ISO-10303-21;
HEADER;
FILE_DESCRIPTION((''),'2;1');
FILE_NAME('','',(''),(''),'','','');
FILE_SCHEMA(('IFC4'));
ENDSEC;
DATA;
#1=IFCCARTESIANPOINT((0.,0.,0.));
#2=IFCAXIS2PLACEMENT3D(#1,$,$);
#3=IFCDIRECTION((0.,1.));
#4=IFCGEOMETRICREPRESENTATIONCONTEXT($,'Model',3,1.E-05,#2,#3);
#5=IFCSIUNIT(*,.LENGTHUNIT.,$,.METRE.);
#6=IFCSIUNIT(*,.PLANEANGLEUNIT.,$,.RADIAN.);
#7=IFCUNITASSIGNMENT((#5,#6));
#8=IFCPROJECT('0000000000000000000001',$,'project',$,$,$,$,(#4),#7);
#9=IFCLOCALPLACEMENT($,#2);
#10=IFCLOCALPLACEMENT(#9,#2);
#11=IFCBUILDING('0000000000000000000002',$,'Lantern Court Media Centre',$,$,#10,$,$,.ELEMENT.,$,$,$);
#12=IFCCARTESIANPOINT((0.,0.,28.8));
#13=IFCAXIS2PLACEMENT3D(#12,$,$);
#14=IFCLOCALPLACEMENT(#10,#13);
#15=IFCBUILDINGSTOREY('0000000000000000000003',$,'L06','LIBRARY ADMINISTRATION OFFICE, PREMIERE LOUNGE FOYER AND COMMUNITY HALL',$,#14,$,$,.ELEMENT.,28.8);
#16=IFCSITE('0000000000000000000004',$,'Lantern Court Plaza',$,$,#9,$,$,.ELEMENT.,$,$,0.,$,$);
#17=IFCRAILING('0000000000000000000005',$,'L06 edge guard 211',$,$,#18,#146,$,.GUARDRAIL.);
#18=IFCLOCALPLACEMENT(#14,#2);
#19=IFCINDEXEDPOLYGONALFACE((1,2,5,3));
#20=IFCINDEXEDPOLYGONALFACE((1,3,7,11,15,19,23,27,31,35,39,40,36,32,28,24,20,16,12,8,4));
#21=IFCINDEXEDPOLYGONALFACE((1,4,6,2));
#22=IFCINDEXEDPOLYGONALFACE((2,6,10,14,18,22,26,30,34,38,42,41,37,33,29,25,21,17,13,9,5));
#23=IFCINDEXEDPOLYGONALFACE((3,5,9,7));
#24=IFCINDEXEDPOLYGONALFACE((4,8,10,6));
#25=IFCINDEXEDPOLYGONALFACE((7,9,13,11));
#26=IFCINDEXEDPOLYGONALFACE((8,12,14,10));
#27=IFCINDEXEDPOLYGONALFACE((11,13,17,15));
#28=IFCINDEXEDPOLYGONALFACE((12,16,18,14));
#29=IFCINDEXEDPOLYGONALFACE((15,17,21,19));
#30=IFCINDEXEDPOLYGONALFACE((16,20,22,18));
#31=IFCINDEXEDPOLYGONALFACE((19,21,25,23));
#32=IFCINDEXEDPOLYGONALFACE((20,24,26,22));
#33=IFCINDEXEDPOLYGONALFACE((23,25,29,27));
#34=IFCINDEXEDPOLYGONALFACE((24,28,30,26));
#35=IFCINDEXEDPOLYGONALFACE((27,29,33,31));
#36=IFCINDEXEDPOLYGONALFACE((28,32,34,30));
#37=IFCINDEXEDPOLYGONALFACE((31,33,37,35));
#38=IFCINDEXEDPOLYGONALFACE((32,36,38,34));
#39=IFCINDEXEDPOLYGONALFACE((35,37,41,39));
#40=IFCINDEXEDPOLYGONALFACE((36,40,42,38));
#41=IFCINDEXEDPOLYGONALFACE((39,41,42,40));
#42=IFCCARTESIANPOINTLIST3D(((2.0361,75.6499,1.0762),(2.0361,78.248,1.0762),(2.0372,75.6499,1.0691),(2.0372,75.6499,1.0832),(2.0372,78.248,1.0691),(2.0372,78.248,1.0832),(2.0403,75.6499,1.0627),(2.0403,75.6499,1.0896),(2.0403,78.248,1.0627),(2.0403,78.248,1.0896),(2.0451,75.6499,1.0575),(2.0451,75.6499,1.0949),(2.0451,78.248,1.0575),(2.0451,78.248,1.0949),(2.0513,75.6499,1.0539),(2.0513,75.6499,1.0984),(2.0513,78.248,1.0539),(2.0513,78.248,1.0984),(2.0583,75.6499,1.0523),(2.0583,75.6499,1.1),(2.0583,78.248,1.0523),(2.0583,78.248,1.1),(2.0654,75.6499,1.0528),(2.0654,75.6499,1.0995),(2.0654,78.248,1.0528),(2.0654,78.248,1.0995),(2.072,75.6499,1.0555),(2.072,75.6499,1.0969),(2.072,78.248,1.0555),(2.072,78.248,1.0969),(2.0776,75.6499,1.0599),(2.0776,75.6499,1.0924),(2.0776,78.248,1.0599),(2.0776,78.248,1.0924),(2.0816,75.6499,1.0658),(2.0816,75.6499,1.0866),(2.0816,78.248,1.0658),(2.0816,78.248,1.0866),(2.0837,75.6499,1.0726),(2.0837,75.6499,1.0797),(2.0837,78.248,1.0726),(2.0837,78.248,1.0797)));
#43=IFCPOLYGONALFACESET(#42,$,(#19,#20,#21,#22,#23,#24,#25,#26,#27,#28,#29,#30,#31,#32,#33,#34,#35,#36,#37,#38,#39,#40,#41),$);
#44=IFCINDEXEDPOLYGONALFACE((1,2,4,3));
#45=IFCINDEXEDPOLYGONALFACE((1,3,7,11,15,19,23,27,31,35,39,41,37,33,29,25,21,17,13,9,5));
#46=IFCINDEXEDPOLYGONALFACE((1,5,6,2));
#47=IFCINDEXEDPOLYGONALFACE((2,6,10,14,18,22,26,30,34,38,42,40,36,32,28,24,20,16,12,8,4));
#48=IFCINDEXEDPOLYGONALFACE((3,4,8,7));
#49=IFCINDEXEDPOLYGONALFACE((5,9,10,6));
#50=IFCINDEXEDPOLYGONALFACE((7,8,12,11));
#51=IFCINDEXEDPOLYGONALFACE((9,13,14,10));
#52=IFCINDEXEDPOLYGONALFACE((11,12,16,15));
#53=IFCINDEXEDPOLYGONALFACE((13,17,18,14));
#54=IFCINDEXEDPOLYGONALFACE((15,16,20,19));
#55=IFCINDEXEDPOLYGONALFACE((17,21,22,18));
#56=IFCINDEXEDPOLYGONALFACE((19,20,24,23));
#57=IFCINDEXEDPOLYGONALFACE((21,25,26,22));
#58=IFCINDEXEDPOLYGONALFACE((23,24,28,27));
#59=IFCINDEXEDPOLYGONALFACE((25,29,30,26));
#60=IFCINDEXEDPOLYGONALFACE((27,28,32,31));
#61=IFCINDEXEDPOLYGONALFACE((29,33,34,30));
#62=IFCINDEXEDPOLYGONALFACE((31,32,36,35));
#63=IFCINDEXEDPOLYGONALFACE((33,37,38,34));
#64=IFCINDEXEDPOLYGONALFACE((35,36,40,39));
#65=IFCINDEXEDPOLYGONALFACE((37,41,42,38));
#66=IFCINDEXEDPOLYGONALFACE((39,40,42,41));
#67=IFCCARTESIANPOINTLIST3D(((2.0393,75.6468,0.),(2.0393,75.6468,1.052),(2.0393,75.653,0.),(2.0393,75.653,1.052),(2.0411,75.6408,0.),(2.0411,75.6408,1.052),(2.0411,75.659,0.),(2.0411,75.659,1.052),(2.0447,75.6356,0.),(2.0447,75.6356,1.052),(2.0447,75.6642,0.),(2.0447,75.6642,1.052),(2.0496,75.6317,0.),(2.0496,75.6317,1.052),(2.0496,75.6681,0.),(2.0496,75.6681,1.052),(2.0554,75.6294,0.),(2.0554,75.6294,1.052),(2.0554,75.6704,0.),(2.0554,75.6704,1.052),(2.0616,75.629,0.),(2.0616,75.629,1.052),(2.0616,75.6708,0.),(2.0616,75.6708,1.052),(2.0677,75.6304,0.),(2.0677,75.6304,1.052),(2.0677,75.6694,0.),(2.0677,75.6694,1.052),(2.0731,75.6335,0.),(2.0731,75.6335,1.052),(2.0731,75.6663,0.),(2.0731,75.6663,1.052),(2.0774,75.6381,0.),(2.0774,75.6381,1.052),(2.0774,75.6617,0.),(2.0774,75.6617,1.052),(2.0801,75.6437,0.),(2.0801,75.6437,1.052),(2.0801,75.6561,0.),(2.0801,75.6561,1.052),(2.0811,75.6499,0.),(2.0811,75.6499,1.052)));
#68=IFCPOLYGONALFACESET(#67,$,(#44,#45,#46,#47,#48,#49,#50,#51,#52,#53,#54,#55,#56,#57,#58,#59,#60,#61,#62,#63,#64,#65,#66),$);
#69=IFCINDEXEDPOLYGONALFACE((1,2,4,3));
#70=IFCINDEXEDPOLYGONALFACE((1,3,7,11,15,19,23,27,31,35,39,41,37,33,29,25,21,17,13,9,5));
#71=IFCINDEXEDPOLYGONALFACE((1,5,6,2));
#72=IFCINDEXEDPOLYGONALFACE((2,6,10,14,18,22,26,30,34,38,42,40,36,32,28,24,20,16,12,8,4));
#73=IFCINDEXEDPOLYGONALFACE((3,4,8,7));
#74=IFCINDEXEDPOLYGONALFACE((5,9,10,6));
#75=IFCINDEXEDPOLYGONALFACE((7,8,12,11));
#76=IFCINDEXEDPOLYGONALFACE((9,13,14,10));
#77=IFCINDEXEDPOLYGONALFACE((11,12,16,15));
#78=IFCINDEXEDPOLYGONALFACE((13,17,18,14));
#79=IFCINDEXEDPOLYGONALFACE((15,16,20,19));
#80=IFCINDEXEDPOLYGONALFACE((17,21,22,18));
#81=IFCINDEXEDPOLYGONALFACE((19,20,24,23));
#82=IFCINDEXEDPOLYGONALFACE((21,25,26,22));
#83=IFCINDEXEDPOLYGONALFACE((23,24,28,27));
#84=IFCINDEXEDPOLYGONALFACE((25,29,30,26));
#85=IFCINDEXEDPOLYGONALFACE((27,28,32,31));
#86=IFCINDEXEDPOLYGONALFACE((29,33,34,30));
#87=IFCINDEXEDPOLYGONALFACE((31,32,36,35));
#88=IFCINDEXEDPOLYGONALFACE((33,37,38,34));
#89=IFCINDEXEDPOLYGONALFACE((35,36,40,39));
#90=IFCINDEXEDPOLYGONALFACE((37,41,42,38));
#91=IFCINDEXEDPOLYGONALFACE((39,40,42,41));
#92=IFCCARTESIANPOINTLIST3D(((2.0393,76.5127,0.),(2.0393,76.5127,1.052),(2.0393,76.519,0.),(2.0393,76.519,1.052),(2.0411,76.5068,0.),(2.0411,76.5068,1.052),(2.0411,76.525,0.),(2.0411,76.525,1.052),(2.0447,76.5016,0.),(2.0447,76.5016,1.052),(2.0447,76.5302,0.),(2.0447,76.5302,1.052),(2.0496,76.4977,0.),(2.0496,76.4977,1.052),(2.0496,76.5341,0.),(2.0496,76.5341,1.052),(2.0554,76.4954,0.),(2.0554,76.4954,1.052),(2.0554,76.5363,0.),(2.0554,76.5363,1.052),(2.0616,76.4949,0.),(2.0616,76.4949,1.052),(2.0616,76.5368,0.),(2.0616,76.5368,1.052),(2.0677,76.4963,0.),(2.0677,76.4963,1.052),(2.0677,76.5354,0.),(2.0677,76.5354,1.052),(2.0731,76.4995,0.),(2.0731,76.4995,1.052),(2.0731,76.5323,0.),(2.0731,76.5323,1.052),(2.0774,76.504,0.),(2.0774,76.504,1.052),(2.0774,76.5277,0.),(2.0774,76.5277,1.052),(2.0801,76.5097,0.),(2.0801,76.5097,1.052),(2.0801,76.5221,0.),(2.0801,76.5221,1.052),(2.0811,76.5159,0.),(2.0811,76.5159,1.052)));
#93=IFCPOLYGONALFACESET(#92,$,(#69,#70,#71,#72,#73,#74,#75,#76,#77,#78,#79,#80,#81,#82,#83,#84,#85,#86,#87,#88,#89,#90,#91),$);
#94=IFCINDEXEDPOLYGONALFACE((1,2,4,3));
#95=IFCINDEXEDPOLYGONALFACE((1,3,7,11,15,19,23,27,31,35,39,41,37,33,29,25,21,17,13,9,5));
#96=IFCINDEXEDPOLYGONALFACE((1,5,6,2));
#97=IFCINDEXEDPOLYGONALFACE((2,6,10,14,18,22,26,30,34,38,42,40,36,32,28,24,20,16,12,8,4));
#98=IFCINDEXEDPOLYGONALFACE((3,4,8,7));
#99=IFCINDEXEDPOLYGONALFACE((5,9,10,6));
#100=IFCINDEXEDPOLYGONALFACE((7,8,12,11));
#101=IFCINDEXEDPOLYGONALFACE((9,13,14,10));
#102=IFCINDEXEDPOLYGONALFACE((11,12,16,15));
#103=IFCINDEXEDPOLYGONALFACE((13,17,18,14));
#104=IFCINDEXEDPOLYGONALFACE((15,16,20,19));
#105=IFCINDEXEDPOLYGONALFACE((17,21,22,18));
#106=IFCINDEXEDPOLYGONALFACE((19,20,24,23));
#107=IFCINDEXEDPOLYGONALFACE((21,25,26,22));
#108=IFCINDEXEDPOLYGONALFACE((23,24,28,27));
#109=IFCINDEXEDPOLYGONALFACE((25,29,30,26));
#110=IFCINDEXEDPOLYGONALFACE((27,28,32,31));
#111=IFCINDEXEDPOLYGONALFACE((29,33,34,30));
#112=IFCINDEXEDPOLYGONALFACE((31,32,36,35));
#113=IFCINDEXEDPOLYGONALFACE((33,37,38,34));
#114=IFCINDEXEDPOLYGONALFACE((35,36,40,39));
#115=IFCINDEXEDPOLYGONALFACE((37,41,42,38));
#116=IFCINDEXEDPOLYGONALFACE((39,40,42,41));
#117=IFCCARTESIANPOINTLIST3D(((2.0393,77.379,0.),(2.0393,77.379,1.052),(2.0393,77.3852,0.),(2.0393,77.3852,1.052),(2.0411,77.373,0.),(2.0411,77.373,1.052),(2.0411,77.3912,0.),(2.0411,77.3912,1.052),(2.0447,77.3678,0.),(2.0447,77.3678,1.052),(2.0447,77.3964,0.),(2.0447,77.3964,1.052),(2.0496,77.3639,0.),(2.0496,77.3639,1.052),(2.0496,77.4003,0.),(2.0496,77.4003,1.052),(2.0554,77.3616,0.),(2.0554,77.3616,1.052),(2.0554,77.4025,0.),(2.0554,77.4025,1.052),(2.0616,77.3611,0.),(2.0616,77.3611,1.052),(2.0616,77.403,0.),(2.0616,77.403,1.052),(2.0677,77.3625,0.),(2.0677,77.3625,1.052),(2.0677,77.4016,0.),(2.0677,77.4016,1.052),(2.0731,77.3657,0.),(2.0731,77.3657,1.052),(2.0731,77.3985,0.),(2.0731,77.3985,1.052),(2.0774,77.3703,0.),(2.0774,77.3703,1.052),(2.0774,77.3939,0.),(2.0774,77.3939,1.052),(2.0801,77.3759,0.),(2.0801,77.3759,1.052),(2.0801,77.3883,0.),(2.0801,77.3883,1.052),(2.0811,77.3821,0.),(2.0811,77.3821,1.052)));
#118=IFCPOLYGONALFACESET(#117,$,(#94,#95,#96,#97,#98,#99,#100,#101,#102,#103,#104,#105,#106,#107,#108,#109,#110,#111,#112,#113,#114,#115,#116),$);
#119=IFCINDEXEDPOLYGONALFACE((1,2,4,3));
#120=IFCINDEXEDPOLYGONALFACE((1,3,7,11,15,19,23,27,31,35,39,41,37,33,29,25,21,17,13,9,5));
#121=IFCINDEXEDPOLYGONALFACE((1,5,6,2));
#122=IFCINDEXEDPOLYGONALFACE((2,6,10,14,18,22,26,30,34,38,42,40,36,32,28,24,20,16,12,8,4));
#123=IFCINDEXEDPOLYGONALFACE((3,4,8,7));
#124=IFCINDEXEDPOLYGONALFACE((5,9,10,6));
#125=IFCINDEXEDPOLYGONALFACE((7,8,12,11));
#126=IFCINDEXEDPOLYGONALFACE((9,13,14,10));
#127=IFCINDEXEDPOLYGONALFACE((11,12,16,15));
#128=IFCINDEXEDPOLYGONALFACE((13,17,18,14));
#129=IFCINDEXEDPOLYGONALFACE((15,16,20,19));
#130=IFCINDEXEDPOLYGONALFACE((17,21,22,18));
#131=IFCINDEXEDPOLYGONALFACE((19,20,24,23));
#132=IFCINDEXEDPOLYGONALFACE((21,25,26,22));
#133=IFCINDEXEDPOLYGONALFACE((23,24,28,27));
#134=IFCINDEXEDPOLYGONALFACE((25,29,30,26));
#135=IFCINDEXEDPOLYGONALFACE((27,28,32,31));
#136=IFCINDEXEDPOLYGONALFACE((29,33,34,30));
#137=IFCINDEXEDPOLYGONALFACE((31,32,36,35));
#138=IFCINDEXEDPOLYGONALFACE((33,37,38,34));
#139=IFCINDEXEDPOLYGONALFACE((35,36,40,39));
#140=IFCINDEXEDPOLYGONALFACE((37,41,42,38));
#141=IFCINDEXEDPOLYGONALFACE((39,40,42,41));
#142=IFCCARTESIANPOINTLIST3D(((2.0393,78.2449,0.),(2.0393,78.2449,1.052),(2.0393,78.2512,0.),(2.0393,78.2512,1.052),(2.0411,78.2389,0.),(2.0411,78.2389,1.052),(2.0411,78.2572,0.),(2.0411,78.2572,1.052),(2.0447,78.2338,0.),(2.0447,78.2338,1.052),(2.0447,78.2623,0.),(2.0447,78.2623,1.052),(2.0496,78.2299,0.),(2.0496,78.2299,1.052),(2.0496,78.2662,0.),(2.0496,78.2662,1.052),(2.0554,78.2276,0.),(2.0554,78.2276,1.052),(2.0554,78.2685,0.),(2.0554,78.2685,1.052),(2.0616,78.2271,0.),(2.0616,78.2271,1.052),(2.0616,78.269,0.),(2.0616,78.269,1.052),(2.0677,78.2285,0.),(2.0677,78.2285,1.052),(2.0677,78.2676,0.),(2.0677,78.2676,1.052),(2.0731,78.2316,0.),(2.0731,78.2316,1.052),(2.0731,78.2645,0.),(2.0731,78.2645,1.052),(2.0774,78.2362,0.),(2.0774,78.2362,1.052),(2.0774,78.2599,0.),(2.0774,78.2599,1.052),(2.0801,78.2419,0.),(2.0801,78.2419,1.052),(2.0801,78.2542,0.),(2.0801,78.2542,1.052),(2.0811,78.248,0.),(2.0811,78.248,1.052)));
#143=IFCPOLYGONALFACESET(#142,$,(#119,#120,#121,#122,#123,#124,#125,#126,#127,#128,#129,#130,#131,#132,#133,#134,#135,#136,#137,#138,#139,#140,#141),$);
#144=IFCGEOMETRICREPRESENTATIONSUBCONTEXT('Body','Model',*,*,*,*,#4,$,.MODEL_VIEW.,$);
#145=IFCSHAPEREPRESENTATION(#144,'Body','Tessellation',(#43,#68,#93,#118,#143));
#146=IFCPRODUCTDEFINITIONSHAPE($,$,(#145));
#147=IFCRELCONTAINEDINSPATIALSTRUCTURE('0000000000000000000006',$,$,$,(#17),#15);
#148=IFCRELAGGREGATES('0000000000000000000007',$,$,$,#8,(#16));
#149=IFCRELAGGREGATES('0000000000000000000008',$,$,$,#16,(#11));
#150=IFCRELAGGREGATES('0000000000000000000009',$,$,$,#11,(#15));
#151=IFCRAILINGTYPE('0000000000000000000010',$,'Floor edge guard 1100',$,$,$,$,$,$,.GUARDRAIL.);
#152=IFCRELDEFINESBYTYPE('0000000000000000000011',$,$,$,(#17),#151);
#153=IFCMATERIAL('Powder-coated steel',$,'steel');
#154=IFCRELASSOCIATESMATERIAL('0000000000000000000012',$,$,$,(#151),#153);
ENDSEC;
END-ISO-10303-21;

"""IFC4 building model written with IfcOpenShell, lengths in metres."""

from ifc_helpers import new_model, si_unit, direction, frame, origin, origin_2d, place, context, subcontext, project, spatial, circle, extrude, material, type_object, element, save


model = new_model("IFC4")

# Units and contexts
model_context = context("Model", 3, precision=1e-05, world=origin(), true_north=direction((0.0, 1.0)))
body_context = subcontext(model_context, "Body", "Model", "MODEL_VIEW")
ifc_project = project(units=[si_unit("LENGTHUNIT", "METRE"), si_unit("PLANEANGLEUNIT", "RADIAN")], contexts=[model_context])

# Site, building, storey
site_placement = place(None, origin())
site = spatial("IfcSite", under=ifc_project, at=site_placement, Name="Lantern Court Plaza", CompositionType="ELEMENT", RefElevation=0.0)
building_placement = place(site_placement, origin())
building = spatial("IfcBuilding", under=site, at=building_placement, Name="Lantern Court Media Centre", CompositionType="ELEMENT")
storey_placement = place(building_placement, frame((0.0, 0.0, 28.8)))
storey = spatial("IfcBuildingStorey", under=building, at=storey_placement, Name="L06", Description="LIBRARY ADMINISTRATION OFFICE, PREMIERE LOUNGE FOYER AND COMMUNITY HALL", CompositionType="ELEMENT", Elevation=28.8)

# Railing
ifc_material_1 = material(Name="Powder-coated steel", Category="steel")
railing_type = type_object("IfcRailingType", Name="Floor edge guard 1100", PredefinedType="GUARDRAIL", material=ifc_material_1)
railing_1_placement = place(storey_placement, frame((2.0601, 75.6499, 0.0)))
element("IfcRailing", 1, at=railing_1_placement, inside=storey, type_object=railing_type, Name="L06 edge guard 211", PredefinedType="GUARDRAIL", context=body_context, shape_type="SweptSolid", body=[
    extrude(circle(Radius=0.0239, at=origin_2d()), frame((0.0, 0.0, 1.0762), z_axis=(0.0, 1.0, 0.0), x_axis=(-1.0, 0.0, 0.0)), (0.0, 0.0, 1.0), 2.5981),
    extrude(circle(Radius=0.021, at=origin_2d()), origin(), (0.0, 0.0, 1.0), 1.052),
    extrude(circle(Radius=0.021, at=origin_2d()), frame((0.0, 0.866, 0.0)), (0.0, 0.0, 1.0), 1.052),
    extrude(circle(Radius=0.021, at=origin_2d()), frame((0.0, 1.7322, 0.0)), (0.0, 0.0, 1.0), 1.052),
    extrude(circle(Radius=0.021, at=origin_2d()), frame((0.0, 2.5981, 0.0)), (0.0, 0.0, 1.0), 1.052),
])

save(model, "model.ifc")
